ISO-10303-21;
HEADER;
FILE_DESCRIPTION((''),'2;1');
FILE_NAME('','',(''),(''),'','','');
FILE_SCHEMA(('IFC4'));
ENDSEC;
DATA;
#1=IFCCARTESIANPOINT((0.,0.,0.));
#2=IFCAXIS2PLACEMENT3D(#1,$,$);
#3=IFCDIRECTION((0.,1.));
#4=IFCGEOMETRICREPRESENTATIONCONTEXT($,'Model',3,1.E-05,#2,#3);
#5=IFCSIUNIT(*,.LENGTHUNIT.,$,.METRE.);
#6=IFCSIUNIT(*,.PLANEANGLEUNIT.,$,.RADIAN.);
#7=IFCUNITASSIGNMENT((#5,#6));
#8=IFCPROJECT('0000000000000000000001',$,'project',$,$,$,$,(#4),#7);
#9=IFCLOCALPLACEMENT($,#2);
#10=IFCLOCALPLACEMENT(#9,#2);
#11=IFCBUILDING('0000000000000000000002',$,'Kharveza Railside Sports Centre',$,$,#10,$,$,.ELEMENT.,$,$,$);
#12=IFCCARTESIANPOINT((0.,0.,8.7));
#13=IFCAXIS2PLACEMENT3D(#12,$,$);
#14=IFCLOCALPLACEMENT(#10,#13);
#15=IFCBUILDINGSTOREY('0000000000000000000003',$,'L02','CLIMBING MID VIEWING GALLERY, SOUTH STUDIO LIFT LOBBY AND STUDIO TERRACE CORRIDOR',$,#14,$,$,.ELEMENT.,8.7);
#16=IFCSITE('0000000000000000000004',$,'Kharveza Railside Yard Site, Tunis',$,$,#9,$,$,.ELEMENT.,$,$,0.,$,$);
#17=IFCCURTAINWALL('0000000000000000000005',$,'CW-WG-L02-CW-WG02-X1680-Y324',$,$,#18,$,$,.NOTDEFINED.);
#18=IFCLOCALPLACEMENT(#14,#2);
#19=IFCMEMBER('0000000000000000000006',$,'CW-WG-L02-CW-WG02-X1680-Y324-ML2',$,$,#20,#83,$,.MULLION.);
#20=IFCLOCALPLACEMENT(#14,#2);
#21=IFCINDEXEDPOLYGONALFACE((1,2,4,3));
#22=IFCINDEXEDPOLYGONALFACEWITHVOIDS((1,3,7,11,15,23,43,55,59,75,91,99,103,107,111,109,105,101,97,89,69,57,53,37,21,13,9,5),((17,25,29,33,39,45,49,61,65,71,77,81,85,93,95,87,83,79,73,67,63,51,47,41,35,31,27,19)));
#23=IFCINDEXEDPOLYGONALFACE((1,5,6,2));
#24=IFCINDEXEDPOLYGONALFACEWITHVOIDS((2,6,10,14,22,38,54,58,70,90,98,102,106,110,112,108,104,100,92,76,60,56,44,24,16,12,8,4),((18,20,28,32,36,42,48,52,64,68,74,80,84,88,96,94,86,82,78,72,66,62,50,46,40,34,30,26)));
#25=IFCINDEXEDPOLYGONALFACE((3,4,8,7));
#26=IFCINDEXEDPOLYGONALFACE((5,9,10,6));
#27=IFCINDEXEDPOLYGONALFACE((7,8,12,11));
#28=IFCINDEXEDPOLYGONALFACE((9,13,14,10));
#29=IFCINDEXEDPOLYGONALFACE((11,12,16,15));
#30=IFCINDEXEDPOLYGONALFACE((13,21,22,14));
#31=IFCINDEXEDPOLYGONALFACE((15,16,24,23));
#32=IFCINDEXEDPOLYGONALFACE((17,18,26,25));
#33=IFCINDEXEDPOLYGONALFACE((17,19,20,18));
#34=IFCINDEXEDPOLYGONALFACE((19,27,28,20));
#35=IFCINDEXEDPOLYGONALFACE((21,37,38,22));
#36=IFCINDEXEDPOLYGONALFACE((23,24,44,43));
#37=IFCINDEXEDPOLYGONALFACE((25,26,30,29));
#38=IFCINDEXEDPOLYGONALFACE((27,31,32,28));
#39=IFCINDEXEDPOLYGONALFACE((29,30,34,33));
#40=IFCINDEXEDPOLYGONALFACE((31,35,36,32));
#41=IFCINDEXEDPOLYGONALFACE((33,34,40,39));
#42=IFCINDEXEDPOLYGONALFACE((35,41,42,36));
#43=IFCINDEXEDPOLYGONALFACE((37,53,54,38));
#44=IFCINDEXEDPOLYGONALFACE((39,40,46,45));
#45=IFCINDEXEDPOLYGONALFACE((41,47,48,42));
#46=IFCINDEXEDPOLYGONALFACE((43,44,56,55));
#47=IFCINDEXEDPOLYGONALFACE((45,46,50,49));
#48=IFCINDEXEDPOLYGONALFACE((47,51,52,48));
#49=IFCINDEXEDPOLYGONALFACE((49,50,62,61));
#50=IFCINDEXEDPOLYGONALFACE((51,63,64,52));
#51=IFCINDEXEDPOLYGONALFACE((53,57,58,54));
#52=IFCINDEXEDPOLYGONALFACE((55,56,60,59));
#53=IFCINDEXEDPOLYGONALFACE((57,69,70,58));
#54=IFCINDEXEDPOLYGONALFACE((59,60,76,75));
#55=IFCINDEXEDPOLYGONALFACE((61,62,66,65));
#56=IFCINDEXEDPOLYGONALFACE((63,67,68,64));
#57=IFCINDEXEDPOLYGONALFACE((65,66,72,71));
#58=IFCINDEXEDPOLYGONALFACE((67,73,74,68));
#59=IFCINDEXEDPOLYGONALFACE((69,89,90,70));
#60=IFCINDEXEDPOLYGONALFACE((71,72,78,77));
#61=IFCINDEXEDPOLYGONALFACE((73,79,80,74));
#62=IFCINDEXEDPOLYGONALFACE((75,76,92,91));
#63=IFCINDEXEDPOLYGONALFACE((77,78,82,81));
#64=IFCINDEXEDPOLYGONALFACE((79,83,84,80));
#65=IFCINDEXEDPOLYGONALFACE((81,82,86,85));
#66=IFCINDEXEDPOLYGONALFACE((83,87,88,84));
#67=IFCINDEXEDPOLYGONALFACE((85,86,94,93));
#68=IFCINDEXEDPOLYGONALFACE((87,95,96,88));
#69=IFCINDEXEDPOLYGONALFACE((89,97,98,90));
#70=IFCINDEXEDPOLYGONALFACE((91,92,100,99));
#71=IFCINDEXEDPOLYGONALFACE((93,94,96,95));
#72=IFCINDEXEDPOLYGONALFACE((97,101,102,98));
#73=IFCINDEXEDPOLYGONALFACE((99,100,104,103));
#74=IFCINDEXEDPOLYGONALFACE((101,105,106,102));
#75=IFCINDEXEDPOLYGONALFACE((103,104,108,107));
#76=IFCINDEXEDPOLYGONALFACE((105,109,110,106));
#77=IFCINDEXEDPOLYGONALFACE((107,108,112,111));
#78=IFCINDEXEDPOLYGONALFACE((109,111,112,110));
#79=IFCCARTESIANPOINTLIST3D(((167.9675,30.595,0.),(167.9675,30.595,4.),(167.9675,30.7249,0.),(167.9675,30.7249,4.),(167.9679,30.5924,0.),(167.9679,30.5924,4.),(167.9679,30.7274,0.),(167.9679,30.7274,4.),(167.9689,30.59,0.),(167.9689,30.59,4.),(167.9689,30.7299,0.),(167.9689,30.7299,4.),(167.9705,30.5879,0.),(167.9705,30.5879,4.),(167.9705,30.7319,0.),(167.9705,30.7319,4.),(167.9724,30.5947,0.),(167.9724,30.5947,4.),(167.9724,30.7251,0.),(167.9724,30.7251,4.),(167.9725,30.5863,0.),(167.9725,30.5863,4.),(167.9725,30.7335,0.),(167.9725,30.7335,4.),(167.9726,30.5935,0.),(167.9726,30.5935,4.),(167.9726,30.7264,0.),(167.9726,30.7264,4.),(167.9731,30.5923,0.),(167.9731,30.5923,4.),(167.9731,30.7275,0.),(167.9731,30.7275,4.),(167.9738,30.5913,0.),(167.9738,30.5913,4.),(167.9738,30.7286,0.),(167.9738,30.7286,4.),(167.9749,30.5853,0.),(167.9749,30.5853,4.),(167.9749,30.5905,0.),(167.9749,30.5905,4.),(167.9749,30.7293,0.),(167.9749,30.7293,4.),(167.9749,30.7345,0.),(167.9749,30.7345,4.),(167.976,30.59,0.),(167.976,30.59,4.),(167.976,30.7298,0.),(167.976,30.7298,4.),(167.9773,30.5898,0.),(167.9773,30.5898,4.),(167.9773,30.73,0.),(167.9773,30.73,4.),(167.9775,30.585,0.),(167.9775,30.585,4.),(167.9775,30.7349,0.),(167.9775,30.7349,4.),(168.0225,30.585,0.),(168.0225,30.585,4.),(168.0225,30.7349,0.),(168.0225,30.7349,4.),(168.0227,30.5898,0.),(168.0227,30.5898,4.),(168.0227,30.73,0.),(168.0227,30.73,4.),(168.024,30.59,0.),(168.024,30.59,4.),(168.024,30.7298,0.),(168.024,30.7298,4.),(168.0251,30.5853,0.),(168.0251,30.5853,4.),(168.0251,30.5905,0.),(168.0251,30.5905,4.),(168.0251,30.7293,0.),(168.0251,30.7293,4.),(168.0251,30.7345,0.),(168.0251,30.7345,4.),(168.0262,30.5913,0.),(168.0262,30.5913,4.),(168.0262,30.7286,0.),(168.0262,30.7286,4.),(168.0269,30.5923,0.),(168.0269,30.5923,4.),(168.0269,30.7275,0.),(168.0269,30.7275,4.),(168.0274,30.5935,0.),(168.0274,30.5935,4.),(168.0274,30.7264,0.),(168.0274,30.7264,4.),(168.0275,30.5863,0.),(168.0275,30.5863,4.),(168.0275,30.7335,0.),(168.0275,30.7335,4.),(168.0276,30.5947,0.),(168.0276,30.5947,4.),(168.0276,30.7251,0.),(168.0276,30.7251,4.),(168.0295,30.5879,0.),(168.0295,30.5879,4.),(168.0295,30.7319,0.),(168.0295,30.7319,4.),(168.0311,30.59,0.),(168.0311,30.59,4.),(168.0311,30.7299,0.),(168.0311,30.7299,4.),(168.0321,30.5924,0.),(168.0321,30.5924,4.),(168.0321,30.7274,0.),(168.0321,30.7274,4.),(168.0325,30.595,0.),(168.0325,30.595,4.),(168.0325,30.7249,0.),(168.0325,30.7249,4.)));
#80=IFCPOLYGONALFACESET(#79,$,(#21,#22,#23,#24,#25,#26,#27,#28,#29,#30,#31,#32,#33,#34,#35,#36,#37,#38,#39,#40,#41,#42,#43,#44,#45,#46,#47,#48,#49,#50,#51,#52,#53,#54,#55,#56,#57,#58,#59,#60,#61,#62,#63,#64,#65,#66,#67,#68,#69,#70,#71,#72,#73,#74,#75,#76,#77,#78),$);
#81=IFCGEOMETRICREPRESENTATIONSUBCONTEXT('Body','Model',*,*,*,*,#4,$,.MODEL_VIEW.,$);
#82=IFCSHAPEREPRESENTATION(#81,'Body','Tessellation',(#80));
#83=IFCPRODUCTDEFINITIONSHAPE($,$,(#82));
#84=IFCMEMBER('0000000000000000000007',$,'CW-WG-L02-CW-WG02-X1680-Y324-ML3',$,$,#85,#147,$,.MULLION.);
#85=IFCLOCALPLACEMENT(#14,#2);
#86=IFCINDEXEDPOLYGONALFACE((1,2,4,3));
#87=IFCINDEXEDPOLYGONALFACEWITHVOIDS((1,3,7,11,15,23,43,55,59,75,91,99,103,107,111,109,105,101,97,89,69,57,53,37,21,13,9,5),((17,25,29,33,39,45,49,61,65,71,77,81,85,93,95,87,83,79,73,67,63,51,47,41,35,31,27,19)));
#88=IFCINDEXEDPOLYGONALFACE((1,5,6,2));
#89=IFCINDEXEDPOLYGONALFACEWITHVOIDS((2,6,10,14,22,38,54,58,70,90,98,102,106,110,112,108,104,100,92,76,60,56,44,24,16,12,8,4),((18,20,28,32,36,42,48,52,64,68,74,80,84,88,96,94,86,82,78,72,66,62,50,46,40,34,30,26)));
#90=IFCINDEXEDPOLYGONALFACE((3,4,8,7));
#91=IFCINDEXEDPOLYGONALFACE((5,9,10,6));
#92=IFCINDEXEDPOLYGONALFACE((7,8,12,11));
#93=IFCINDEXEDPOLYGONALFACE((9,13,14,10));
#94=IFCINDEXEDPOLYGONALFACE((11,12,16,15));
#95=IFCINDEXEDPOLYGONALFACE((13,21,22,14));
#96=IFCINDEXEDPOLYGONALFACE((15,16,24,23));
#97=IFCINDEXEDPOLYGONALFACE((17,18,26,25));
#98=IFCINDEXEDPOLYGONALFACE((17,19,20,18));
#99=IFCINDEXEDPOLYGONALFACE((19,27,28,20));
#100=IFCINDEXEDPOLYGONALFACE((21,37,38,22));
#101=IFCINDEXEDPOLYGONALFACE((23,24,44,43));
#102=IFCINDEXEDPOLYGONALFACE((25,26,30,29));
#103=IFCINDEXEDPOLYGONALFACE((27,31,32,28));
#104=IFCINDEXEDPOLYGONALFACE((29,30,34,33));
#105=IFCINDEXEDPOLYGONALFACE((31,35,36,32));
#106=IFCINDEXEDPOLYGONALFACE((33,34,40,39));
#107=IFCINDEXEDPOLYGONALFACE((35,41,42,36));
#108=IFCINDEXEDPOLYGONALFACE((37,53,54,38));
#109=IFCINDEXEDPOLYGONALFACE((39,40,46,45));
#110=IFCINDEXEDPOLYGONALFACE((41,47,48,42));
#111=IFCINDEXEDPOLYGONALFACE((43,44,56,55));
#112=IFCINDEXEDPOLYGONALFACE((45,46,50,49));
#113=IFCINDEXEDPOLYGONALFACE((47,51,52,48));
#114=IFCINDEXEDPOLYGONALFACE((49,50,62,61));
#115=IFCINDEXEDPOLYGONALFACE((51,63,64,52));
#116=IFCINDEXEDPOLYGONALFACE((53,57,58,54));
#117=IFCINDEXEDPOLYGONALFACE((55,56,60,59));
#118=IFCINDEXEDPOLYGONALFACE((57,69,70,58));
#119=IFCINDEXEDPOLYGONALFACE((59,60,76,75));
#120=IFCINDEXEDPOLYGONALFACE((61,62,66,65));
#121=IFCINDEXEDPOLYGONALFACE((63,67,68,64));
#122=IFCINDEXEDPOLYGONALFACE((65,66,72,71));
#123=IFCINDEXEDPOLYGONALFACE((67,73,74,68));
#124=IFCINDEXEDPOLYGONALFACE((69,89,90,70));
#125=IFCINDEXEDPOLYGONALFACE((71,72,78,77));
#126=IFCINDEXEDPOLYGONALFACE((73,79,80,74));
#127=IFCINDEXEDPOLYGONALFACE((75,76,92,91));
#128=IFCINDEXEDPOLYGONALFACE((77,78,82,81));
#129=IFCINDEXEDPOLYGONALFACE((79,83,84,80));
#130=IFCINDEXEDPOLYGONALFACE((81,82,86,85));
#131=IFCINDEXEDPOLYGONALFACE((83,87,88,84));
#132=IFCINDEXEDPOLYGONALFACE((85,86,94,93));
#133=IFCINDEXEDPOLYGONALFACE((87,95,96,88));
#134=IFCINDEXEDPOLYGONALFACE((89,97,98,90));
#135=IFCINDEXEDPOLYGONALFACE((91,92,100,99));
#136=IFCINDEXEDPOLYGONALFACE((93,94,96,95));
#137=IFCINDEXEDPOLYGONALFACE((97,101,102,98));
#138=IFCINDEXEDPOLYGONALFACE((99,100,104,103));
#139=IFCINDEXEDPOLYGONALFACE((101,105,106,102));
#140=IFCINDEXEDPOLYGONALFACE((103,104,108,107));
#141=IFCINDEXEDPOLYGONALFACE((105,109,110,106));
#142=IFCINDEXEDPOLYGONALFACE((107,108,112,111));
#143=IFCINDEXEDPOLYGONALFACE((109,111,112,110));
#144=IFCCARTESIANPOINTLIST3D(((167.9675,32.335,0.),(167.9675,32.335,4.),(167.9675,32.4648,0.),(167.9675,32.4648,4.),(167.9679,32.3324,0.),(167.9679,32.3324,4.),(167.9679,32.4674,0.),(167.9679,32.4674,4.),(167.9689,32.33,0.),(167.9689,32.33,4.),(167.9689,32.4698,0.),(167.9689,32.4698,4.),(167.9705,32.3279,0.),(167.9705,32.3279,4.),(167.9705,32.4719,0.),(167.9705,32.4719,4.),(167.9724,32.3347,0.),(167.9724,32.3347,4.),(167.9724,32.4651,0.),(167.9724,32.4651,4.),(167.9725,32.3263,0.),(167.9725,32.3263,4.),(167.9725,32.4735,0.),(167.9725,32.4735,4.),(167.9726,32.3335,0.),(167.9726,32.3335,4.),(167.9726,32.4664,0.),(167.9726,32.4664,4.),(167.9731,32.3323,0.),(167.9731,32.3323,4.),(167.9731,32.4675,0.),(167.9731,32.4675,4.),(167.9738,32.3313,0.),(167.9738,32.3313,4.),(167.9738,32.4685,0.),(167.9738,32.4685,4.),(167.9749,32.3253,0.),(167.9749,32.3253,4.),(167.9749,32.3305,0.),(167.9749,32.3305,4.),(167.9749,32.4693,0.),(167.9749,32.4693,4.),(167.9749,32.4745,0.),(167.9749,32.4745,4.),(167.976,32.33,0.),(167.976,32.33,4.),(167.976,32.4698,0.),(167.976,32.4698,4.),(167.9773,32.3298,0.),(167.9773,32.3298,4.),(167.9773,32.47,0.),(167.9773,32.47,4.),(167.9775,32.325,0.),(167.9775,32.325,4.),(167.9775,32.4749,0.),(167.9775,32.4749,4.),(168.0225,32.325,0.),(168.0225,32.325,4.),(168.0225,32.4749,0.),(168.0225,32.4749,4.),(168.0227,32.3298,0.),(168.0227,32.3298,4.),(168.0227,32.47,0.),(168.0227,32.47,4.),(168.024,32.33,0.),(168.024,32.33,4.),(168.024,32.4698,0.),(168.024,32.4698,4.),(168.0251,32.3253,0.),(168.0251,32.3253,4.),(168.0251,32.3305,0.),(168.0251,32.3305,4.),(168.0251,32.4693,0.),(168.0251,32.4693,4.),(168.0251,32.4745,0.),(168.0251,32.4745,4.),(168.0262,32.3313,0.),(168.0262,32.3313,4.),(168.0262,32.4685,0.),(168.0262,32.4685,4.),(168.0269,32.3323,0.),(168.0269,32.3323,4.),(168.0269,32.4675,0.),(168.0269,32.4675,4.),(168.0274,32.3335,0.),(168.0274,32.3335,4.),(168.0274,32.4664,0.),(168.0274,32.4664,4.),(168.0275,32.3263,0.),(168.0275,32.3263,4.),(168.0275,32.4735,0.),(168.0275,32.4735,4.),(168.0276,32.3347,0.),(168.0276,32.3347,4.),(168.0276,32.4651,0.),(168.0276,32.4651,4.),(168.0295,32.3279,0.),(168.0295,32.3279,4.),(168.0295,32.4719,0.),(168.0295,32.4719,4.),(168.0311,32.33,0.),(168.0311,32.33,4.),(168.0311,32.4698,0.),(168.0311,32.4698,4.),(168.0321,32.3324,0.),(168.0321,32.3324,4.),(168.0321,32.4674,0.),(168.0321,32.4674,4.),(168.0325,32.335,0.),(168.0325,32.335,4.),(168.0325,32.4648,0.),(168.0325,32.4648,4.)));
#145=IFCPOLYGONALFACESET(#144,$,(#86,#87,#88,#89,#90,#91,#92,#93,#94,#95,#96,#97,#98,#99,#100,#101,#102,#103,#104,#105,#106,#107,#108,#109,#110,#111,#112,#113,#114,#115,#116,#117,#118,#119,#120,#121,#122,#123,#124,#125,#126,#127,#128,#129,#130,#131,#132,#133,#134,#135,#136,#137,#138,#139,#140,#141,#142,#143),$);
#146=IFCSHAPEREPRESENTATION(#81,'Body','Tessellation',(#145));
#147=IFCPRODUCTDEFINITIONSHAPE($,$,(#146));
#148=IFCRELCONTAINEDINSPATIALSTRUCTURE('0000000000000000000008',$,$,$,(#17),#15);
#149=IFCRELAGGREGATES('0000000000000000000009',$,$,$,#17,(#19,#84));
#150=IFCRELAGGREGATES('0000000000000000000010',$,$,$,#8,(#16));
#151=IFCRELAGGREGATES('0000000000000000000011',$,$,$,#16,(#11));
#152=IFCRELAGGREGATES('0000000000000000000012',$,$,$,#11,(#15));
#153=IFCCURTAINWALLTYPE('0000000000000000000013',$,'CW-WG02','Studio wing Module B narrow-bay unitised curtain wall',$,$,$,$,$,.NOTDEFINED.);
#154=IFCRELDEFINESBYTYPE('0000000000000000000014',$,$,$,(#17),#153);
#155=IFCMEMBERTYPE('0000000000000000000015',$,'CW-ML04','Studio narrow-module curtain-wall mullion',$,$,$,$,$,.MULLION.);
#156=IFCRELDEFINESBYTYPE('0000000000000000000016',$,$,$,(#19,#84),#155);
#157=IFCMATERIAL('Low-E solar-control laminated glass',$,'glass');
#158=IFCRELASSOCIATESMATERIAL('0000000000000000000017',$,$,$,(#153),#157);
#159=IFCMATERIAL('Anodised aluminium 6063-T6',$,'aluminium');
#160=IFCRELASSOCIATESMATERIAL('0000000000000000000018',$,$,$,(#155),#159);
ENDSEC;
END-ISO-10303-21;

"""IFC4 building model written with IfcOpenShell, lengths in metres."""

from ifc_helpers import new_model, si_unit, direction, frame, origin, origin_2d, place, context, subcontext, project, spatial, hollow_rectangle, extrude, material, material_profile, profile_set, type_object, element, aggregate, save


model = new_model("IFC4")

# Units and contexts
model_context = context("Model", 3, precision=1e-05, world=origin(), true_north=direction((0.0, 1.0)))
body_context = subcontext(model_context, "Body", "Model", "MODEL_VIEW")
ifc_project = project(units=[si_unit("LENGTHUNIT", "METRE"), si_unit("PLANEANGLEUNIT", "RADIAN")], contexts=[model_context])

# Site, building, storey
site_placement = place(None, origin())
site = spatial("IfcSite", under=ifc_project, at=site_placement, Name="Kharveza Railside Yard Site, Tunis", CompositionType="ELEMENT", RefElevation=0.0)
building_placement = place(site_placement, origin())
building = spatial("IfcBuilding", under=site, at=building_placement, Name="Kharveza Railside Sports Centre", CompositionType="ELEMENT")
storey_placement = place(building_placement, frame((0.0, 0.0, 8.7)))
storey = spatial("IfcBuildingStorey", under=building, at=storey_placement, Name="L02", Description="CLIMBING MID VIEWING GALLERY, SOUTH STUDIO LIFT LOBBY AND STUDIO TERRACE CORRIDOR", CompositionType="ELEMENT", Elevation=8.7)

# Curtain wall, members
ifc_material_1 = material(Name="Low-E solar-control laminated glass", Category="glass")
curtain_wall_type = type_object("IfcCurtainWallType", Name="CW-WG02", Description="Studio wing Module B narrow-bay unitised curtain wall", PredefinedType="NOTDEFINED", material=ifc_material_1)
curtain_wall_placement = place(storey_placement, origin())
curtain_wall = element("IfcCurtainWall", 1, at=curtain_wall_placement, inside=storey, type_object=curtain_wall_type, Name="CW-WG-L02-CW-WG02-X1680-Y324", PredefinedType="NOTDEFINED")
ifc_material_2 = material(Name="Anodised aluminium 6063-T6", Category="aluminium")
ifc_material_profile_1 = material_profile(ifc_material_2, hollow_rectangle(XDim=0.0649, YDim=0.1499, WallThickness=0.0049, InnerFilletRadius=0.0049, OuterFilletRadius=0.01, at=origin_2d()), Name="RHS 65x150x5.0")
ifc_profile_set_1 = profile_set([ifc_material_profile_1], Name="Anodised aluminium 6063-T6")
member_type_1 = type_object("IfcMemberType", Name="CW-ML04", Description="Studio narrow-module curtain-wall mullion", PredefinedType="MULLION", material=ifc_profile_set_1)
member_1_placement = place(storey_placement, frame((168.0, 30.6599, 0.0), z_axis=(0.0, 0.0, 1.0), x_axis=(1.0, 0.0, 0.0)))
member_1 = element("IfcMember", 2, at=member_1_placement, type_object=member_type_1, Name="CW-WG-L02-CW-WG02-X1680-Y324-ML2", PredefinedType="MULLION", context=body_context, shape_type="SweptSolid", body=[
    extrude(hollow_rectangle(XDim=0.0649, YDim=0.1499, WallThickness=0.0049, InnerFilletRadius=0.0049, OuterFilletRadius=0.01, at=origin_2d()), origin(), (0.0, 0.0, 1.0), 4.0),
])
member_2_placement = place(storey_placement, frame((168.0, 32.3999, 0.0), z_axis=(0.0, 0.0, 1.0), x_axis=(1.0, 0.0, 0.0)))
member_2 = element("IfcMember", 3, at=member_2_placement, type_object=member_type_1, Name="CW-WG-L02-CW-WG02-X1680-Y324-ML3", PredefinedType="MULLION", context=body_context, shape_type="SweptSolid", body=[
    extrude(hollow_rectangle(XDim=0.0649, YDim=0.1499, WallThickness=0.0049, InnerFilletRadius=0.0049, OuterFilletRadius=0.01, at=origin_2d()), origin(), (0.0, 0.0, 1.0), 4.0),
])

aggregate(curtain_wall, [member_1, member_2])

save(model, "model.ifc")
